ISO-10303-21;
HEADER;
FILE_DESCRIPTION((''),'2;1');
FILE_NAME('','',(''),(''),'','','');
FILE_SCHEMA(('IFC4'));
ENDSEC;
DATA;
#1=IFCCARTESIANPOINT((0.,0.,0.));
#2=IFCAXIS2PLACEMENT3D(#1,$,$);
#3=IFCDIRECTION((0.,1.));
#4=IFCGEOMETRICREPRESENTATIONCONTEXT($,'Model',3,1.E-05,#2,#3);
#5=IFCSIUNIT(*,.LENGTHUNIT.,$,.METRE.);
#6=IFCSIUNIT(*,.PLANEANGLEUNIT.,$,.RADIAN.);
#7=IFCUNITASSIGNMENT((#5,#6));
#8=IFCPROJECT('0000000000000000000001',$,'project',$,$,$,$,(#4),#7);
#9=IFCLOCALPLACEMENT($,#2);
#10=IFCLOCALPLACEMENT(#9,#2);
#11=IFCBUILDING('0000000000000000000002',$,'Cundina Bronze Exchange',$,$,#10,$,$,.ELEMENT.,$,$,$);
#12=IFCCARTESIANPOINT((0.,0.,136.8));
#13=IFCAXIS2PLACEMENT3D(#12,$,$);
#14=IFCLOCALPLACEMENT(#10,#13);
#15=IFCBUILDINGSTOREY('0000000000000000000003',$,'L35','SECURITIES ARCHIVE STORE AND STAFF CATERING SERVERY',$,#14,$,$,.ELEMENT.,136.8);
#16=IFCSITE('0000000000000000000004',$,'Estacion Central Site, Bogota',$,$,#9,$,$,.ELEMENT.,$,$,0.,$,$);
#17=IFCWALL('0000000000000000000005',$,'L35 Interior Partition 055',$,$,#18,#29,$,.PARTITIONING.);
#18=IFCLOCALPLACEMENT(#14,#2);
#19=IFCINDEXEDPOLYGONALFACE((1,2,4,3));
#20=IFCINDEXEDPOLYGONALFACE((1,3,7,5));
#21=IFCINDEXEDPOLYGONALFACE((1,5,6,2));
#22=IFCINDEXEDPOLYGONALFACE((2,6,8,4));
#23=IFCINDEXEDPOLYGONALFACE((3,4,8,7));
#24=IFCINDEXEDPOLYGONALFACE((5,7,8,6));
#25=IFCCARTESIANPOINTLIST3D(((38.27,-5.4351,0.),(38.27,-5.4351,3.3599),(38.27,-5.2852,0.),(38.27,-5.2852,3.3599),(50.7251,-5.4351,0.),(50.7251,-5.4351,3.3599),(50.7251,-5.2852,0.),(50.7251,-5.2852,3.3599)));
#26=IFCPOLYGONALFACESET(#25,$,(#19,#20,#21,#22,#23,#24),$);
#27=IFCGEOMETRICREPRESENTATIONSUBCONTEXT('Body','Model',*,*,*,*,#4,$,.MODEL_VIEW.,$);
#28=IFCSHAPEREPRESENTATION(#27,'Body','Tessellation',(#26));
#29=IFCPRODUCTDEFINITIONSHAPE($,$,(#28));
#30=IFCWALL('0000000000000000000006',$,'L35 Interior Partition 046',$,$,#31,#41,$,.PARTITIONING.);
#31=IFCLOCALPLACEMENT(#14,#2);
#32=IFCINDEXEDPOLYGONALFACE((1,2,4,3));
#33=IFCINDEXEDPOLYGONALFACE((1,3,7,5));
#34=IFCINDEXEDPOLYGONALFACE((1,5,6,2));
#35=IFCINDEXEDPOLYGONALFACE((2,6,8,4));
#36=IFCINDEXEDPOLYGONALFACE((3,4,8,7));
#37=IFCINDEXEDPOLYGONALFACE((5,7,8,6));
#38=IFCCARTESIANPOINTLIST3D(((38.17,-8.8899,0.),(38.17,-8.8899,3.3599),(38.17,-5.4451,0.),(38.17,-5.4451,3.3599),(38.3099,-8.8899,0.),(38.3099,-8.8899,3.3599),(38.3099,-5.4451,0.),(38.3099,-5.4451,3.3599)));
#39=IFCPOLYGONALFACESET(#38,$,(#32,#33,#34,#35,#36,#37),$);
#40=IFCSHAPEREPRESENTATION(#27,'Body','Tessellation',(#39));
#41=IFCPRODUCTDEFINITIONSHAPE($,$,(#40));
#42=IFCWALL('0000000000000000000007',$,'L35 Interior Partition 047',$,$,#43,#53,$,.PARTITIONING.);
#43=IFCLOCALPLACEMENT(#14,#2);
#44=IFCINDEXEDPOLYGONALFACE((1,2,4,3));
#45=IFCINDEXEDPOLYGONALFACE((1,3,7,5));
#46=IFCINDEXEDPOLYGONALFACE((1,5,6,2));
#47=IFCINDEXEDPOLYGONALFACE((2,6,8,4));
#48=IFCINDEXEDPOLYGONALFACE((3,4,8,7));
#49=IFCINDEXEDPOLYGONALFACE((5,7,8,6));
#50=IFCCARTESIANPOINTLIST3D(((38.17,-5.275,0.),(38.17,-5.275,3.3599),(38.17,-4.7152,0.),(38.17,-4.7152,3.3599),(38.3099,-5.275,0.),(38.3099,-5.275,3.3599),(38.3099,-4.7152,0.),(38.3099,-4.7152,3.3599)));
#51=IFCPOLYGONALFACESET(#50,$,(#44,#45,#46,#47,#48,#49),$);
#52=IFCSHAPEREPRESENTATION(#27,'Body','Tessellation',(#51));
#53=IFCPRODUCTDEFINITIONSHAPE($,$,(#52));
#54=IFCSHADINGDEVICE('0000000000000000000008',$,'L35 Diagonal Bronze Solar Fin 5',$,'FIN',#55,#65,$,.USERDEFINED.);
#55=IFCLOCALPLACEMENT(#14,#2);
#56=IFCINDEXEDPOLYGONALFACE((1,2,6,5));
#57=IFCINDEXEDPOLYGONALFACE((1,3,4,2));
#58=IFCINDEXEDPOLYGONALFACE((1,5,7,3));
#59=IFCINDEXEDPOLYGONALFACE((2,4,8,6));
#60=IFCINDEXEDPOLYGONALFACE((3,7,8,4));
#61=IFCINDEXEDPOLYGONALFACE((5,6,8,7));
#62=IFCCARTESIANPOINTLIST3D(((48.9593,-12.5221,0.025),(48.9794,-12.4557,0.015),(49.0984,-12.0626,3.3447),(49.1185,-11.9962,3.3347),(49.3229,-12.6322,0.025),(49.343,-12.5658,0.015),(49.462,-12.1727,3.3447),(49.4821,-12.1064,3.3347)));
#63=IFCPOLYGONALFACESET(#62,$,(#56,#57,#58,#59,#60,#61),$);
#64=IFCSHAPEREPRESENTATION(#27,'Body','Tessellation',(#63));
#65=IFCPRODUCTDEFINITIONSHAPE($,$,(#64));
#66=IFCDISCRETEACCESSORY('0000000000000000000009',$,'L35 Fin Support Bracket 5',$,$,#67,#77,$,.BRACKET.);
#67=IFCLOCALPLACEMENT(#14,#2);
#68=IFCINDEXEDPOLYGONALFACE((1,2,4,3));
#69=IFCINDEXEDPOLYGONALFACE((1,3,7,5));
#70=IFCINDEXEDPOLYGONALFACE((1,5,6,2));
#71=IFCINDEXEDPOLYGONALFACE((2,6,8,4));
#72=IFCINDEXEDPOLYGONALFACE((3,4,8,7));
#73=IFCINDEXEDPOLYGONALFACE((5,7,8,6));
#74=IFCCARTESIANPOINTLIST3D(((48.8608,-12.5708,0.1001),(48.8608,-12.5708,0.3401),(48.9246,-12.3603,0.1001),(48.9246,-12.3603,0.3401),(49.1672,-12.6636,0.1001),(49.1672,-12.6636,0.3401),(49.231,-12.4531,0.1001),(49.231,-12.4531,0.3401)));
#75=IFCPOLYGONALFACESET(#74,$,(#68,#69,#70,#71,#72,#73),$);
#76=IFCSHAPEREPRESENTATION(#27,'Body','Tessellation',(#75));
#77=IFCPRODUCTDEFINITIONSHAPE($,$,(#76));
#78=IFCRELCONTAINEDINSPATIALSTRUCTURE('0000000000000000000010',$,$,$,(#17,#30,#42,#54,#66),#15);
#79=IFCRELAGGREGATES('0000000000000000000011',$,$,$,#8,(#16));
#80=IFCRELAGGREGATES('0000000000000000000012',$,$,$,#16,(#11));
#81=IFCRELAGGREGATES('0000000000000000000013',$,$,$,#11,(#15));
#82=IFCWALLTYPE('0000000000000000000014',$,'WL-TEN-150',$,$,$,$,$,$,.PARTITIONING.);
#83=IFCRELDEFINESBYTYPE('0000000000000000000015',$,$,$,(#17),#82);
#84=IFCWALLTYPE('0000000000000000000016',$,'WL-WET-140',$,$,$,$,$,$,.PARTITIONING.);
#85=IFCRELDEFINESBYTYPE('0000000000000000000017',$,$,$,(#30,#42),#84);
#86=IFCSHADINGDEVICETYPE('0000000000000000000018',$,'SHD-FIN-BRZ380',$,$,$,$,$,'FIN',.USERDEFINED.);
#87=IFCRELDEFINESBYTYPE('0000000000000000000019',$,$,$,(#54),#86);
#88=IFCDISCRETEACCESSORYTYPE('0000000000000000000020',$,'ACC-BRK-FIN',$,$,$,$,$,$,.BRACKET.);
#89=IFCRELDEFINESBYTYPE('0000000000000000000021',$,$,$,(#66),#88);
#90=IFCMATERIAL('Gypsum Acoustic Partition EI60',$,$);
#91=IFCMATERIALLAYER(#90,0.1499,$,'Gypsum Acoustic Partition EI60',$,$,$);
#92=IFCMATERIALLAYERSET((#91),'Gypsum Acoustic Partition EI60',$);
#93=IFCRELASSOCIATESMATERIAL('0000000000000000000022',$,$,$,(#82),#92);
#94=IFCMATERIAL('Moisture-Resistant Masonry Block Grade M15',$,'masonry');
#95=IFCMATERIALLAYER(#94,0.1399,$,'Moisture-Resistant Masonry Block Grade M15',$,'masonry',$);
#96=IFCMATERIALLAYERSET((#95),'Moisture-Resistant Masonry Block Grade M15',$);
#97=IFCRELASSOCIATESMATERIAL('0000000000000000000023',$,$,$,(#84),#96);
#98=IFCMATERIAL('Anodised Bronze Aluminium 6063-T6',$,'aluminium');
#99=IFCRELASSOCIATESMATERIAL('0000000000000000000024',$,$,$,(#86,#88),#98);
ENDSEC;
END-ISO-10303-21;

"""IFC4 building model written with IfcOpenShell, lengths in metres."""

from ifc_helpers import new_model, si_unit, direction, frame, frame_2d, origin, origin_2d, place, context, subcontext, project, spatial, rectangle, extrude, material, layer, layer_set, material_profile, profile_set, type_object, element, save


model = new_model("IFC4")

# Units and contexts
model_context = context("Model", 3, precision=1e-05, world=origin(), true_north=direction((0.0, 1.0)))
body_context = subcontext(model_context, "Body", "Model", "MODEL_VIEW")
ifc_project = project(units=[si_unit("LENGTHUNIT", "METRE"), si_unit("PLANEANGLEUNIT", "RADIAN")], contexts=[model_context])

# Site, building, storey
site_placement = place(None, origin())
site = spatial("IfcSite", under=ifc_project, at=site_placement, Name="Estacion Central Site, Bogota", CompositionType="ELEMENT", RefElevation=0.0)
building_placement = place(site_placement, origin())
building = spatial("IfcBuilding", under=site, at=building_placement, Name="Cundina Bronze Exchange", CompositionType="ELEMENT")
storey_placement = place(building_placement, frame((0.0, 0.0, 136.8)))
storey = spatial("IfcBuildingStorey", under=building, at=storey_placement, Name="L35", Description="SECURITIES ARCHIVE STORE AND STAFF CATERING SERVERY", CompositionType="ELEMENT", Elevation=136.8)

# Shared definitions
ifc_material_1 = material(Name="Anodised Bronze Aluminium 6063-T6", Category="aluminium")

# Walls
ifc_material_2 = material(Name="Gypsum Acoustic Partition EI60")
ifc_layer_1 = layer(ifc_material_2, 0.1499, Name="Gypsum Acoustic Partition EI60")
ifc_layer_set_1 = layer_set([ifc_layer_1], Name="Gypsum Acoustic Partition EI60")
wall_type_1 = type_object("IfcWallType", Name="WL-TEN-150", PredefinedType="PARTITIONING", material=ifc_layer_set_1)
wall_1_placement = place(storey_placement, frame((38.27, -5.3601, 0.0), z_axis=(0.0, 0.0, 1.0), x_axis=(1.0, 0.0, 0.0)))
element("IfcWall", 1, at=wall_1_placement, inside=storey, type_object=wall_type_1, Name="L35 Interior Partition 055", PredefinedType="PARTITIONING", context=body_context, shape_type="SweptSolid", body=[
    extrude(rectangle(XDim=12.4551, YDim=0.1499, at=frame_2d((6.2275, 0.0))), origin(), (0.0, 0.0, 1.0), 3.3599),
])
ifc_material_3 = material(Name="Moisture-Resistant Masonry Block Grade M15", Category="masonry")
ifc_layer_2 = layer(ifc_material_3, 0.1399, Name="Moisture-Resistant Masonry Block Grade M15", Category="masonry")
ifc_layer_set_2 = layer_set([ifc_layer_2], Name="Moisture-Resistant Masonry Block Grade M15")
wall_type_2 = type_object("IfcWallType", Name="WL-WET-140", PredefinedType="PARTITIONING", material=ifc_layer_set_2)
wall_2_placement = place(storey_placement, frame((38.24, -8.8899, 0.0), z_axis=(0.0, 0.0, 1.0), x_axis=(0.0, 1.0, 0.0)))
element("IfcWall", 2, at=wall_2_placement, inside=storey, type_object=wall_type_2, Name="L35 Interior Partition 046", PredefinedType="PARTITIONING", context=body_context, shape_type="SweptSolid", body=[
    extrude(rectangle(XDim=3.4448, YDim=0.1399, at=frame_2d((1.7224, 0.0))), origin(), (0.0, 0.0, 1.0), 3.3599),
])
wall_3_placement = place(storey_placement, frame((38.24, -5.2749, 0.0), z_axis=(0.0, 0.0, 1.0), x_axis=(0.0, 1.0, 0.0)))
element("IfcWall", 3, at=wall_3_placement, inside=storey, type_object=wall_type_2, Name="L35 Interior Partition 047", PredefinedType="PARTITIONING", context=body_context, shape_type="SweptSolid", body=[
    extrude(rectangle(XDim=0.5598, YDim=0.1399, at=frame_2d((0.2798, 0.0))), origin(), (0.0, 0.0, 1.0), 3.3599),
])

# Shading device
ifc_material_profile_1 = material_profile(ifc_material_1, rectangle(XDim=0.0701, YDim=0.3799, at=origin_2d()), Name="FIN70X380", Category="aluminium")
ifc_profile_set_1 = profile_set([ifc_material_profile_1], Name="Anodised Bronze Aluminium 6063-T6")
shading_device_type = type_object("IfcShadingDeviceType", Name="SHD-FIN-BRZ380", ElementType="FIN", PredefinedType="USERDEFINED", material=ifc_profile_set_1)
shading_device_placement = place(storey_placement, frame((49.1511, -12.5439, 0.02), z_axis=(0.041486, 0.136978, 0.989705), x_axis=(-0.286882, -0.947214, 0.143123)))
element("IfcShadingDevice", 4, at=shading_device_placement, inside=storey, type_object=shading_device_type, Name="L35 Diagonal Bronze Solar Fin 5", ObjectType="FIN", PredefinedType="USERDEFINED", context=body_context, shape_type="SweptSolid", body=[
    extrude(rectangle(XDim=0.0701, YDim=0.3799, at=origin_2d()), origin(), (0.0, 0.0, 1.0), 3.3542),
])

# Discrete accessory
discrete_accessory_type = type_object("IfcDiscreteAccessoryType", Name="ACC-BRK-FIN", PredefinedType="BRACKET", material=ifc_material_1)
discrete_accessory_placement = place(storey_placement, frame((49.0459, -12.512, 0.1001), z_axis=(0.0, 0.0, 1.0), x_axis=(0.290051, 0.957011, 0.0)))
element("IfcDiscreteAccessory", 5, at=discrete_accessory_placement, inside=storey, type_object=discrete_accessory_type, Name="L35 Fin Support Bracket 5", PredefinedType="BRACKET", context=body_context, shape_type="SweptSolid", body=[
    extrude(rectangle(XDim=0.22, YDim=0.3201, at=origin_2d()), origin(), (0.0, 0.0, 1.0), 0.24),
])

save(model, "model.ifc")
